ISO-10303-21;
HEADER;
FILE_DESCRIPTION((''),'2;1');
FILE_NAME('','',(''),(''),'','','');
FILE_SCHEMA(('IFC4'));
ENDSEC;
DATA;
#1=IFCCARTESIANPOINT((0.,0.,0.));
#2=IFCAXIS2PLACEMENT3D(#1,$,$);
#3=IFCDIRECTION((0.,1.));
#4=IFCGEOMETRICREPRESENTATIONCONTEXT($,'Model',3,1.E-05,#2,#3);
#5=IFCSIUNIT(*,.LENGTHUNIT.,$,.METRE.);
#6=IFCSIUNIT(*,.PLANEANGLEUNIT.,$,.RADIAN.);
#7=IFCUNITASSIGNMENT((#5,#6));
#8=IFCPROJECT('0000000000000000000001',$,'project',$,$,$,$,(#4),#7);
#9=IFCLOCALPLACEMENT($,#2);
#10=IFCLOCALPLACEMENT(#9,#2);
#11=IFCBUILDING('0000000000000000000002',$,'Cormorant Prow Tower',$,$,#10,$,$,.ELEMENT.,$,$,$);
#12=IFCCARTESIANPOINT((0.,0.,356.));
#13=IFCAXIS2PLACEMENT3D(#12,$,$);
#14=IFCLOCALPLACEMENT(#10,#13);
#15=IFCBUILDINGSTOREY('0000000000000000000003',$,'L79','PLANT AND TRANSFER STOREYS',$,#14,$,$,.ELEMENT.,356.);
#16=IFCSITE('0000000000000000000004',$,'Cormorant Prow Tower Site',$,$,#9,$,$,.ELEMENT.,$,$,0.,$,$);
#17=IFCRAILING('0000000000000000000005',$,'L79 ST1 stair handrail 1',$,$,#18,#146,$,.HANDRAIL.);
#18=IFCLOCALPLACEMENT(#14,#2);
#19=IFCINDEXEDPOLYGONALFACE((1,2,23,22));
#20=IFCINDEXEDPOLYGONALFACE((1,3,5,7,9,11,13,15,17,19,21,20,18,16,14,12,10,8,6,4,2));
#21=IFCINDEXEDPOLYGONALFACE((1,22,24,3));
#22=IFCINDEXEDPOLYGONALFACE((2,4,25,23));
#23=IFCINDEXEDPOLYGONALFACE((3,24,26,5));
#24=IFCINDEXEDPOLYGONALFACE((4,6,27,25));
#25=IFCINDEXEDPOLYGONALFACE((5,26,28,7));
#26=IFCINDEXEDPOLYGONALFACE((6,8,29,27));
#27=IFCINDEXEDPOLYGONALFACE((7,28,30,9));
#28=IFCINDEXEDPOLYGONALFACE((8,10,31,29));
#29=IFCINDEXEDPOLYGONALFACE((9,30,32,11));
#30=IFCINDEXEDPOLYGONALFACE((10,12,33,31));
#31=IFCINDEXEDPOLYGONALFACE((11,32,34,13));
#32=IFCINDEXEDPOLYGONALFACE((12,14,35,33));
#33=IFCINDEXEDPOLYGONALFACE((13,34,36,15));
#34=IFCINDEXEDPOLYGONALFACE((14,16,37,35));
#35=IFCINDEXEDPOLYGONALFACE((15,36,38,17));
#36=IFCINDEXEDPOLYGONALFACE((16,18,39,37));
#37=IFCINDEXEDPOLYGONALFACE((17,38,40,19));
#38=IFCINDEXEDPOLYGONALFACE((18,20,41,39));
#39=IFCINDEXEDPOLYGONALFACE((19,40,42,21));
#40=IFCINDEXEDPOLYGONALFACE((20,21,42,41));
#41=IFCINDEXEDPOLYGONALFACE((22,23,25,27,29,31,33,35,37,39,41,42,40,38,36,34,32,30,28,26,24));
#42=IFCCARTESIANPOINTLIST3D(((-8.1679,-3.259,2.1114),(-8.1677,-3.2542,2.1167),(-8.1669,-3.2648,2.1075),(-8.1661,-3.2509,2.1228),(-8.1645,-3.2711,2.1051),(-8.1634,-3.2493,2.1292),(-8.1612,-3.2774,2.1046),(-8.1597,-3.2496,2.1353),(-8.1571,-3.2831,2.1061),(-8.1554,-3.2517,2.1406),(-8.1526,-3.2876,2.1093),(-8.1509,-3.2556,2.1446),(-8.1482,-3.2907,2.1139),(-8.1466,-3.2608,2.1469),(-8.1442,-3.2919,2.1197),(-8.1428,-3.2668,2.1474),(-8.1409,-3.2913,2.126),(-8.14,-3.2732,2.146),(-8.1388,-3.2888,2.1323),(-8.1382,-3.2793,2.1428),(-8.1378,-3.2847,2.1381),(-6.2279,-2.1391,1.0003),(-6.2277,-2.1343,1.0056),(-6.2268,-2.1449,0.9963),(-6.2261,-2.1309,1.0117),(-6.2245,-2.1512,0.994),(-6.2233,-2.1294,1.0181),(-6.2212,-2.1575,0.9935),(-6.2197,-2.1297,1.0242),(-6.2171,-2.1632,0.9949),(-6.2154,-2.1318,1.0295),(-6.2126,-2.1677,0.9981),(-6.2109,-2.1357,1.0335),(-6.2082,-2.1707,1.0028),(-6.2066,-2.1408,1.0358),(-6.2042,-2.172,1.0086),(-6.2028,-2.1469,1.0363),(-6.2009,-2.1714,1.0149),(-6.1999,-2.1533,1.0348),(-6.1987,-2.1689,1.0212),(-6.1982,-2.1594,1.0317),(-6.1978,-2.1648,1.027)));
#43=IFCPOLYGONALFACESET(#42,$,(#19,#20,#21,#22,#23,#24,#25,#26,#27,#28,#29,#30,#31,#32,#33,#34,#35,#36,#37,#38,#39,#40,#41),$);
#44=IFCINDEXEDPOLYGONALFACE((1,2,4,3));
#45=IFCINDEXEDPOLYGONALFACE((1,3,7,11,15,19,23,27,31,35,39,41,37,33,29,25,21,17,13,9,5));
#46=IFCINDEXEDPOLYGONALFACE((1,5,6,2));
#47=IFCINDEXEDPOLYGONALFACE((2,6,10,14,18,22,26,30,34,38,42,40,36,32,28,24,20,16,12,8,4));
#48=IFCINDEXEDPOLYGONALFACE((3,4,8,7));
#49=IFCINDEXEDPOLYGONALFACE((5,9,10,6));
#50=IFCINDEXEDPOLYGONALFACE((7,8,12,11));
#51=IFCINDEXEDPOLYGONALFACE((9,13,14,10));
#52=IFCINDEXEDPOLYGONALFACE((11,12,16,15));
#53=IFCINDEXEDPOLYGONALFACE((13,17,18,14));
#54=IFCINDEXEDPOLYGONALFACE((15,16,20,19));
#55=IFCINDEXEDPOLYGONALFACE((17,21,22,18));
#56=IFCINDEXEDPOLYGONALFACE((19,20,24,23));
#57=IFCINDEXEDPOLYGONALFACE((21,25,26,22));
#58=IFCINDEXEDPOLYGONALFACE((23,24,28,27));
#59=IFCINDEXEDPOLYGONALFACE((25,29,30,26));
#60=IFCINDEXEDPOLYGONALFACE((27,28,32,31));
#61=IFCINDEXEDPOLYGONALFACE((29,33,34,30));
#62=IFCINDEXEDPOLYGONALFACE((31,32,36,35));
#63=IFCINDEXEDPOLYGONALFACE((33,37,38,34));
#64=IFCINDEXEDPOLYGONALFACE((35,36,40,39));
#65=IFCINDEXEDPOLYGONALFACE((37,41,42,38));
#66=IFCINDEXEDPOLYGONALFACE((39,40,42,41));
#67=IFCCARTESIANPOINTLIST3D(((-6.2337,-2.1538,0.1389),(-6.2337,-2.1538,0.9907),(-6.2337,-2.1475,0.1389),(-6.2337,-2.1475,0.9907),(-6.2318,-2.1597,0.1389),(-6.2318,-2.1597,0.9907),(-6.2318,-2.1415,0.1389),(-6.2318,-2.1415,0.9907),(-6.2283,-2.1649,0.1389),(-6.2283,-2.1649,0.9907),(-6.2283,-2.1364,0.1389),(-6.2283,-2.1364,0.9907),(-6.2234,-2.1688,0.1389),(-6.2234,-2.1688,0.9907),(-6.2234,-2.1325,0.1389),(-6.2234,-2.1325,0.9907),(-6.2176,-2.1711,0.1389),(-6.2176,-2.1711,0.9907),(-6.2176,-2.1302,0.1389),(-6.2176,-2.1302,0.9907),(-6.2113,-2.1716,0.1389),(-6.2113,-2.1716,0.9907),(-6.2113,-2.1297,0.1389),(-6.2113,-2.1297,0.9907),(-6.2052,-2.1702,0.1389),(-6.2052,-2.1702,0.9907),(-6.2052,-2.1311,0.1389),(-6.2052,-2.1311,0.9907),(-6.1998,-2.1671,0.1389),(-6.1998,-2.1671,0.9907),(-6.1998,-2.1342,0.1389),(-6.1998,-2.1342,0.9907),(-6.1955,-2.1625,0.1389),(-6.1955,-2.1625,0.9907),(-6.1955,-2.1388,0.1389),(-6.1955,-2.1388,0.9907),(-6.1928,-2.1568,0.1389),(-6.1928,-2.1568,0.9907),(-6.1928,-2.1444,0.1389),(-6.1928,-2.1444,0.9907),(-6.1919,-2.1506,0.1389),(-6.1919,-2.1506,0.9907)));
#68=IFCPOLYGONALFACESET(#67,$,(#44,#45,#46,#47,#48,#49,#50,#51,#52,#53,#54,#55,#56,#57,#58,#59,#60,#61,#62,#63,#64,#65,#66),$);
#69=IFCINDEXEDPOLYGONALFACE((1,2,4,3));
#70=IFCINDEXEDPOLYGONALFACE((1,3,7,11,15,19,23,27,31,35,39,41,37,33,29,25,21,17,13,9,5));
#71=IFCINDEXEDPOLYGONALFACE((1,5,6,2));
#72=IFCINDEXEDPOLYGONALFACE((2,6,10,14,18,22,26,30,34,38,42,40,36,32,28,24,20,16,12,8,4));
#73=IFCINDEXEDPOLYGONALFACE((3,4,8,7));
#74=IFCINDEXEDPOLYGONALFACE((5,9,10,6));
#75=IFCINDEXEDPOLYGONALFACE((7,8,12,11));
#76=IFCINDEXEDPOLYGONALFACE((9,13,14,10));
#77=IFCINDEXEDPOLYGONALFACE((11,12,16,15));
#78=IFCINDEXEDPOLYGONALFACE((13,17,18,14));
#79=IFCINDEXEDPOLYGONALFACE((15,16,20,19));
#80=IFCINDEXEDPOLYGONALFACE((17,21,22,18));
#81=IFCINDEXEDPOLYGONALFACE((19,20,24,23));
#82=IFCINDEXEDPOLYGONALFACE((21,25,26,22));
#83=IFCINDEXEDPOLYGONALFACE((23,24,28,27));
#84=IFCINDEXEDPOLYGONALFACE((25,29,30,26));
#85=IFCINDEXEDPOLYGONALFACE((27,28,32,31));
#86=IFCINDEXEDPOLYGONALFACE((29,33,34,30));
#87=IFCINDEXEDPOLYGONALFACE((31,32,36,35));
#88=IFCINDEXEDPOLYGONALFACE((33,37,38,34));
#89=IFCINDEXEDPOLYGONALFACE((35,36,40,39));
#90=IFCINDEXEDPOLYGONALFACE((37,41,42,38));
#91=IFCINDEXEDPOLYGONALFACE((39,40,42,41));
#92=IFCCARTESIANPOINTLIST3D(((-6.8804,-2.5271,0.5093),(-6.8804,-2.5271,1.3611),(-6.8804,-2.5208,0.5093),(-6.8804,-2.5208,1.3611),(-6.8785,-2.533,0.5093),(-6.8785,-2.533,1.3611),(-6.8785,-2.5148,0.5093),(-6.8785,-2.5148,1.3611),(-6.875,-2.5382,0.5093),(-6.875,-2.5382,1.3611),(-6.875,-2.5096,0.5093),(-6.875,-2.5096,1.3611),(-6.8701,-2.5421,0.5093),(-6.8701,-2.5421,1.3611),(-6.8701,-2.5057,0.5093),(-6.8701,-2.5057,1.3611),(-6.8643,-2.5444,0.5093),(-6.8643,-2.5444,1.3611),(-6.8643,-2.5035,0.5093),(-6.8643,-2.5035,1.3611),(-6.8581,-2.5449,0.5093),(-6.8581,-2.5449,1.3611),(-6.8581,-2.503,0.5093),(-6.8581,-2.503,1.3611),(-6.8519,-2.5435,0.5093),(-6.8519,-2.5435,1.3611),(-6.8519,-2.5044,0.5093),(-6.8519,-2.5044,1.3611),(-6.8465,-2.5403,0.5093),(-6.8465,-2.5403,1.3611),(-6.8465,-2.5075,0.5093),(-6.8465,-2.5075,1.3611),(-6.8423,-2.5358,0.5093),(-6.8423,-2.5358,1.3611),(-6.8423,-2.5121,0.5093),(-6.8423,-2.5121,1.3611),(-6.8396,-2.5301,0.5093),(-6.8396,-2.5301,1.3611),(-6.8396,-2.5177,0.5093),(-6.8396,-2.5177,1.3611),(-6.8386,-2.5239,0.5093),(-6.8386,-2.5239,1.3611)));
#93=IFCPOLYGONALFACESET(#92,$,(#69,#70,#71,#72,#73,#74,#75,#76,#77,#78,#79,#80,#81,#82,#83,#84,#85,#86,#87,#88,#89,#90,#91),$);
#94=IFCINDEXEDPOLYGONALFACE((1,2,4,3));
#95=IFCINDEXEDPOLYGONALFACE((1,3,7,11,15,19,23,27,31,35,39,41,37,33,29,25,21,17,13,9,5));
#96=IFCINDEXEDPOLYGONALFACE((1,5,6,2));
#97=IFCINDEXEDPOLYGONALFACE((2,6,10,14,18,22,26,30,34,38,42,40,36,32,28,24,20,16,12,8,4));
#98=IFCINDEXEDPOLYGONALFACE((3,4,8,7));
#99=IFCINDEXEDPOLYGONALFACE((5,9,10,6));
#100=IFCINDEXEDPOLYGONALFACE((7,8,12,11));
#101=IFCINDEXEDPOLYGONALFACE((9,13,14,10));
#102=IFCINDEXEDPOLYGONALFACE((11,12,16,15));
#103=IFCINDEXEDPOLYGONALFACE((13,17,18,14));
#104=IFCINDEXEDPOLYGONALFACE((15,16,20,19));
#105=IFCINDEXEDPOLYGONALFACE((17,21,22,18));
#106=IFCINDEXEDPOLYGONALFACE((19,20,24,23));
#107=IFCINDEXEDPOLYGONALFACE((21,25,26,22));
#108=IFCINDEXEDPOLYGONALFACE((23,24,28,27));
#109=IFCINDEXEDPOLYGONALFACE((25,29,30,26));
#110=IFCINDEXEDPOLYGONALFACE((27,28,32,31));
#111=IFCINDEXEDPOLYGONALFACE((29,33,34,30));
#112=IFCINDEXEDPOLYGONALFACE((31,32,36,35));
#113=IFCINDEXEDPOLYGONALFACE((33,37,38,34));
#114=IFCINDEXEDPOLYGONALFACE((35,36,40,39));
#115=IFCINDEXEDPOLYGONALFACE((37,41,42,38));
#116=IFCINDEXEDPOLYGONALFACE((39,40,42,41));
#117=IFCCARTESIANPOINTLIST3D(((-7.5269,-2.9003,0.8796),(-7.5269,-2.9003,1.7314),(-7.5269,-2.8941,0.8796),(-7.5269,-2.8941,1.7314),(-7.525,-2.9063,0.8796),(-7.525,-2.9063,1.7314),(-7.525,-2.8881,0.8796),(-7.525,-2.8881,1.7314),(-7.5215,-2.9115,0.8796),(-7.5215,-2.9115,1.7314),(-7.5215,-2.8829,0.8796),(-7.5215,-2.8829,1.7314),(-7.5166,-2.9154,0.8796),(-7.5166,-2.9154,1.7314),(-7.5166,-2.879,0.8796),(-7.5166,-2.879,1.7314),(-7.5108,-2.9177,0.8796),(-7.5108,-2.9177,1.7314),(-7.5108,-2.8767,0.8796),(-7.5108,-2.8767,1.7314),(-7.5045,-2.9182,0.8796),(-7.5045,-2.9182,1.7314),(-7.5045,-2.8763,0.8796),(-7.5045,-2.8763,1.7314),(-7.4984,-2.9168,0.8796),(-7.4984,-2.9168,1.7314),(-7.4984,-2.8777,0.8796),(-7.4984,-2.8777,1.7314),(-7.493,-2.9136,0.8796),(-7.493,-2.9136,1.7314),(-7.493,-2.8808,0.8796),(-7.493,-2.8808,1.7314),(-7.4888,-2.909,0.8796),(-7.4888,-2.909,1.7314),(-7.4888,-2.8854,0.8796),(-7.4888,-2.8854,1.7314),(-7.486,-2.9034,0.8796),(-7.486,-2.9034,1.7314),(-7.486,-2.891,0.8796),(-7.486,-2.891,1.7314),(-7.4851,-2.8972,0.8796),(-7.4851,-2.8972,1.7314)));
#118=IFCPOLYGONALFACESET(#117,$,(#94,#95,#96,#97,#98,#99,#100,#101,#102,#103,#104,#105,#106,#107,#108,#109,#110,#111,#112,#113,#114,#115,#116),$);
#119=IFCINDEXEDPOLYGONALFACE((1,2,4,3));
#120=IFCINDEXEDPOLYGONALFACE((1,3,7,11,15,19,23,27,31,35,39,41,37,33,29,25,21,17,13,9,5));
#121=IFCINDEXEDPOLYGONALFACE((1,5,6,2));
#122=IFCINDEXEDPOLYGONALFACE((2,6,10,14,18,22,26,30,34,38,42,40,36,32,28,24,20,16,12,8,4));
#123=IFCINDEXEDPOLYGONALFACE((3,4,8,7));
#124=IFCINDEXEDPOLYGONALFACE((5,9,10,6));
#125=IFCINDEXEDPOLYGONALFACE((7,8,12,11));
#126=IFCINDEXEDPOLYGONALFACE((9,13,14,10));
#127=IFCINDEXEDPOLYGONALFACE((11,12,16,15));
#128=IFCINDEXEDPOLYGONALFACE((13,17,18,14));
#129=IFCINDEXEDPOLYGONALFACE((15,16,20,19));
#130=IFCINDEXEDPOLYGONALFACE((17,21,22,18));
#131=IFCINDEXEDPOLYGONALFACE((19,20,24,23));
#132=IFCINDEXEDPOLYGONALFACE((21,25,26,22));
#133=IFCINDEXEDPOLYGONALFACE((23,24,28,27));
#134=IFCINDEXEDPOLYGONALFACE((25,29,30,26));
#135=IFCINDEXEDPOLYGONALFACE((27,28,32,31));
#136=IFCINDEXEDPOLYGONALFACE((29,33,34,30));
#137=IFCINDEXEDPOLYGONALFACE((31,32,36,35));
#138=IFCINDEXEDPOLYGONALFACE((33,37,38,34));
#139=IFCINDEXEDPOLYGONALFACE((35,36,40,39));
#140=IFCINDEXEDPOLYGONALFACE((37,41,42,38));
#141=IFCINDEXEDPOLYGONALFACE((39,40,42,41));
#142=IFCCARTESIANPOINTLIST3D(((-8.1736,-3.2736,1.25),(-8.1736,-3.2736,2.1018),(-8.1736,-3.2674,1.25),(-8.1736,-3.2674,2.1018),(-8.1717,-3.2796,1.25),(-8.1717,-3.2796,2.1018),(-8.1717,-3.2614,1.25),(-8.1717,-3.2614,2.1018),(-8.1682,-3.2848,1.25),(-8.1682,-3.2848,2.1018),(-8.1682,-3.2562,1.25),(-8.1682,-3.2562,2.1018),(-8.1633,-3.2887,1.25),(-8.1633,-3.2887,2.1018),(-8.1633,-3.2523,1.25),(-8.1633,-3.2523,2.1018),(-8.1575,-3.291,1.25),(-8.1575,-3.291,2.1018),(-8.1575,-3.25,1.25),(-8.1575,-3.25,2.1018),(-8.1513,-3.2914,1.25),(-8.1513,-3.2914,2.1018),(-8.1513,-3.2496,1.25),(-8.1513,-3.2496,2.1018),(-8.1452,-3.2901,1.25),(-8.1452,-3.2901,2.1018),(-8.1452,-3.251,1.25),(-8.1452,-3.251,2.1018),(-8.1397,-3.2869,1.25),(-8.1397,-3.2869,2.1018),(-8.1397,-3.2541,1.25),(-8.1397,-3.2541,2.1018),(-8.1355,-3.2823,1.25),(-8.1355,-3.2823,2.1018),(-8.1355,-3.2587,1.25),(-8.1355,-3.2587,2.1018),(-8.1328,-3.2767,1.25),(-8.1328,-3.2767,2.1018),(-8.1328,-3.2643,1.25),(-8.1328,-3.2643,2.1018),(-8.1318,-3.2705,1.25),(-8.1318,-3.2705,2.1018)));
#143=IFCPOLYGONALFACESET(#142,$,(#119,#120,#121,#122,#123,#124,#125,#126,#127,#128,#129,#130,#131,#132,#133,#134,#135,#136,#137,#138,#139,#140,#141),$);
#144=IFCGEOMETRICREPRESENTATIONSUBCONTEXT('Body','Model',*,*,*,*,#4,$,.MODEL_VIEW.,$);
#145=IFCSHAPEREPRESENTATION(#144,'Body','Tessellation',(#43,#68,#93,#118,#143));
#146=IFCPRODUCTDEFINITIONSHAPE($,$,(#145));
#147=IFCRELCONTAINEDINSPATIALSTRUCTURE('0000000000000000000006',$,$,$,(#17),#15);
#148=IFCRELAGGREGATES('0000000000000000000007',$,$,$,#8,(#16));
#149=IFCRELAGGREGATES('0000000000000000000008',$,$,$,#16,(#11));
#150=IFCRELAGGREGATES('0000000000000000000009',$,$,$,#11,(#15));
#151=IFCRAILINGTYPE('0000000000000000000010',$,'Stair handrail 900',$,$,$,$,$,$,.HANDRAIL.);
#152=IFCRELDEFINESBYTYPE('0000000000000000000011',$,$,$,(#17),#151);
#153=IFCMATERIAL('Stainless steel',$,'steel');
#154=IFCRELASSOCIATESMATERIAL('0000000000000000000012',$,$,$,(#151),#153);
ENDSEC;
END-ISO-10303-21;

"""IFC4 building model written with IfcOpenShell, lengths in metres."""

from ifc_helpers import new_model, si_unit, direction, frame, origin, origin_2d, place, context, subcontext, project, spatial, circle, extrude, material, type_object, element, save


model = new_model("IFC4")

# Units and contexts
model_context = context("Model", 3, precision=1e-05, world=origin(), true_north=direction((0.0, 1.0)))
body_context = subcontext(model_context, "Body", "Model", "MODEL_VIEW")
ifc_project = project(units=[si_unit("LENGTHUNIT", "METRE"), si_unit("PLANEANGLEUNIT", "RADIAN")], contexts=[model_context])

# Site, building, storey
site_placement = place(None, origin())
site = spatial("IfcSite", under=ifc_project, at=site_placement, Name="Cormorant Prow Tower Site", CompositionType="ELEMENT", RefElevation=0.0)
building_placement = place(site_placement, origin())
building = spatial("IfcBuilding", under=site, at=building_placement, Name="Cormorant Prow Tower", CompositionType="ELEMENT")
storey_placement = place(building_placement, frame((0.0, 0.0, 356.0)))
storey = spatial("IfcBuildingStorey", under=building, at=storey_placement, Name="L79", Description="PLANT AND TRANSFER STOREYS", CompositionType="ELEMENT", Elevation=356.0)

# Railing
ifc_material_1 = material(Name="Stainless steel", Category="steel")
railing_type = type_object("IfcRailingType", Name="Stair handrail 900", PredefinedType="HANDRAIL", material=ifc_material_1)
for number, where, name in (
    (1, (-6.2129, -2.1506, 0.1389), "L79 ST1 stair handrail 1"),
):
    element("IfcRailing", number, at=place(storey_placement, frame(where)), inside=storey, type_object=railing_type, Name=name, PredefinedType="HANDRAIL", context=body_context, shape_type="SweptSolid", body=[
        extrude(circle(Radius=0.0239, at=origin_2d()), frame((0.0, 0.0, 0.876), z_axis=(-0.775853, -0.447878, 0.444363), x_axis=(0.499949, -0.866055, 0.0)), (0.0, 0.0, 1.0), 2.5005),
        extrude(circle(Radius=0.021, at=origin_2d()), origin(), (0.0, 0.0, 1.0), 0.8518),
        extrude(circle(Radius=0.021, at=origin_2d()), frame((-0.6467, -0.3733, 0.3704)), (0.0, 0.0, 1.0), 0.8518),
        extrude(circle(Radius=0.021, at=origin_2d()), frame((-1.2932, -0.7466, 0.7407)), (0.0, 0.0, 1.0), 0.8518),
        extrude(circle(Radius=0.021, at=origin_2d()), frame((-1.9399, -1.1199, 1.1111)), (0.0, 0.0, 1.0), 0.8518),
    ])

save(model, "model.ifc")
